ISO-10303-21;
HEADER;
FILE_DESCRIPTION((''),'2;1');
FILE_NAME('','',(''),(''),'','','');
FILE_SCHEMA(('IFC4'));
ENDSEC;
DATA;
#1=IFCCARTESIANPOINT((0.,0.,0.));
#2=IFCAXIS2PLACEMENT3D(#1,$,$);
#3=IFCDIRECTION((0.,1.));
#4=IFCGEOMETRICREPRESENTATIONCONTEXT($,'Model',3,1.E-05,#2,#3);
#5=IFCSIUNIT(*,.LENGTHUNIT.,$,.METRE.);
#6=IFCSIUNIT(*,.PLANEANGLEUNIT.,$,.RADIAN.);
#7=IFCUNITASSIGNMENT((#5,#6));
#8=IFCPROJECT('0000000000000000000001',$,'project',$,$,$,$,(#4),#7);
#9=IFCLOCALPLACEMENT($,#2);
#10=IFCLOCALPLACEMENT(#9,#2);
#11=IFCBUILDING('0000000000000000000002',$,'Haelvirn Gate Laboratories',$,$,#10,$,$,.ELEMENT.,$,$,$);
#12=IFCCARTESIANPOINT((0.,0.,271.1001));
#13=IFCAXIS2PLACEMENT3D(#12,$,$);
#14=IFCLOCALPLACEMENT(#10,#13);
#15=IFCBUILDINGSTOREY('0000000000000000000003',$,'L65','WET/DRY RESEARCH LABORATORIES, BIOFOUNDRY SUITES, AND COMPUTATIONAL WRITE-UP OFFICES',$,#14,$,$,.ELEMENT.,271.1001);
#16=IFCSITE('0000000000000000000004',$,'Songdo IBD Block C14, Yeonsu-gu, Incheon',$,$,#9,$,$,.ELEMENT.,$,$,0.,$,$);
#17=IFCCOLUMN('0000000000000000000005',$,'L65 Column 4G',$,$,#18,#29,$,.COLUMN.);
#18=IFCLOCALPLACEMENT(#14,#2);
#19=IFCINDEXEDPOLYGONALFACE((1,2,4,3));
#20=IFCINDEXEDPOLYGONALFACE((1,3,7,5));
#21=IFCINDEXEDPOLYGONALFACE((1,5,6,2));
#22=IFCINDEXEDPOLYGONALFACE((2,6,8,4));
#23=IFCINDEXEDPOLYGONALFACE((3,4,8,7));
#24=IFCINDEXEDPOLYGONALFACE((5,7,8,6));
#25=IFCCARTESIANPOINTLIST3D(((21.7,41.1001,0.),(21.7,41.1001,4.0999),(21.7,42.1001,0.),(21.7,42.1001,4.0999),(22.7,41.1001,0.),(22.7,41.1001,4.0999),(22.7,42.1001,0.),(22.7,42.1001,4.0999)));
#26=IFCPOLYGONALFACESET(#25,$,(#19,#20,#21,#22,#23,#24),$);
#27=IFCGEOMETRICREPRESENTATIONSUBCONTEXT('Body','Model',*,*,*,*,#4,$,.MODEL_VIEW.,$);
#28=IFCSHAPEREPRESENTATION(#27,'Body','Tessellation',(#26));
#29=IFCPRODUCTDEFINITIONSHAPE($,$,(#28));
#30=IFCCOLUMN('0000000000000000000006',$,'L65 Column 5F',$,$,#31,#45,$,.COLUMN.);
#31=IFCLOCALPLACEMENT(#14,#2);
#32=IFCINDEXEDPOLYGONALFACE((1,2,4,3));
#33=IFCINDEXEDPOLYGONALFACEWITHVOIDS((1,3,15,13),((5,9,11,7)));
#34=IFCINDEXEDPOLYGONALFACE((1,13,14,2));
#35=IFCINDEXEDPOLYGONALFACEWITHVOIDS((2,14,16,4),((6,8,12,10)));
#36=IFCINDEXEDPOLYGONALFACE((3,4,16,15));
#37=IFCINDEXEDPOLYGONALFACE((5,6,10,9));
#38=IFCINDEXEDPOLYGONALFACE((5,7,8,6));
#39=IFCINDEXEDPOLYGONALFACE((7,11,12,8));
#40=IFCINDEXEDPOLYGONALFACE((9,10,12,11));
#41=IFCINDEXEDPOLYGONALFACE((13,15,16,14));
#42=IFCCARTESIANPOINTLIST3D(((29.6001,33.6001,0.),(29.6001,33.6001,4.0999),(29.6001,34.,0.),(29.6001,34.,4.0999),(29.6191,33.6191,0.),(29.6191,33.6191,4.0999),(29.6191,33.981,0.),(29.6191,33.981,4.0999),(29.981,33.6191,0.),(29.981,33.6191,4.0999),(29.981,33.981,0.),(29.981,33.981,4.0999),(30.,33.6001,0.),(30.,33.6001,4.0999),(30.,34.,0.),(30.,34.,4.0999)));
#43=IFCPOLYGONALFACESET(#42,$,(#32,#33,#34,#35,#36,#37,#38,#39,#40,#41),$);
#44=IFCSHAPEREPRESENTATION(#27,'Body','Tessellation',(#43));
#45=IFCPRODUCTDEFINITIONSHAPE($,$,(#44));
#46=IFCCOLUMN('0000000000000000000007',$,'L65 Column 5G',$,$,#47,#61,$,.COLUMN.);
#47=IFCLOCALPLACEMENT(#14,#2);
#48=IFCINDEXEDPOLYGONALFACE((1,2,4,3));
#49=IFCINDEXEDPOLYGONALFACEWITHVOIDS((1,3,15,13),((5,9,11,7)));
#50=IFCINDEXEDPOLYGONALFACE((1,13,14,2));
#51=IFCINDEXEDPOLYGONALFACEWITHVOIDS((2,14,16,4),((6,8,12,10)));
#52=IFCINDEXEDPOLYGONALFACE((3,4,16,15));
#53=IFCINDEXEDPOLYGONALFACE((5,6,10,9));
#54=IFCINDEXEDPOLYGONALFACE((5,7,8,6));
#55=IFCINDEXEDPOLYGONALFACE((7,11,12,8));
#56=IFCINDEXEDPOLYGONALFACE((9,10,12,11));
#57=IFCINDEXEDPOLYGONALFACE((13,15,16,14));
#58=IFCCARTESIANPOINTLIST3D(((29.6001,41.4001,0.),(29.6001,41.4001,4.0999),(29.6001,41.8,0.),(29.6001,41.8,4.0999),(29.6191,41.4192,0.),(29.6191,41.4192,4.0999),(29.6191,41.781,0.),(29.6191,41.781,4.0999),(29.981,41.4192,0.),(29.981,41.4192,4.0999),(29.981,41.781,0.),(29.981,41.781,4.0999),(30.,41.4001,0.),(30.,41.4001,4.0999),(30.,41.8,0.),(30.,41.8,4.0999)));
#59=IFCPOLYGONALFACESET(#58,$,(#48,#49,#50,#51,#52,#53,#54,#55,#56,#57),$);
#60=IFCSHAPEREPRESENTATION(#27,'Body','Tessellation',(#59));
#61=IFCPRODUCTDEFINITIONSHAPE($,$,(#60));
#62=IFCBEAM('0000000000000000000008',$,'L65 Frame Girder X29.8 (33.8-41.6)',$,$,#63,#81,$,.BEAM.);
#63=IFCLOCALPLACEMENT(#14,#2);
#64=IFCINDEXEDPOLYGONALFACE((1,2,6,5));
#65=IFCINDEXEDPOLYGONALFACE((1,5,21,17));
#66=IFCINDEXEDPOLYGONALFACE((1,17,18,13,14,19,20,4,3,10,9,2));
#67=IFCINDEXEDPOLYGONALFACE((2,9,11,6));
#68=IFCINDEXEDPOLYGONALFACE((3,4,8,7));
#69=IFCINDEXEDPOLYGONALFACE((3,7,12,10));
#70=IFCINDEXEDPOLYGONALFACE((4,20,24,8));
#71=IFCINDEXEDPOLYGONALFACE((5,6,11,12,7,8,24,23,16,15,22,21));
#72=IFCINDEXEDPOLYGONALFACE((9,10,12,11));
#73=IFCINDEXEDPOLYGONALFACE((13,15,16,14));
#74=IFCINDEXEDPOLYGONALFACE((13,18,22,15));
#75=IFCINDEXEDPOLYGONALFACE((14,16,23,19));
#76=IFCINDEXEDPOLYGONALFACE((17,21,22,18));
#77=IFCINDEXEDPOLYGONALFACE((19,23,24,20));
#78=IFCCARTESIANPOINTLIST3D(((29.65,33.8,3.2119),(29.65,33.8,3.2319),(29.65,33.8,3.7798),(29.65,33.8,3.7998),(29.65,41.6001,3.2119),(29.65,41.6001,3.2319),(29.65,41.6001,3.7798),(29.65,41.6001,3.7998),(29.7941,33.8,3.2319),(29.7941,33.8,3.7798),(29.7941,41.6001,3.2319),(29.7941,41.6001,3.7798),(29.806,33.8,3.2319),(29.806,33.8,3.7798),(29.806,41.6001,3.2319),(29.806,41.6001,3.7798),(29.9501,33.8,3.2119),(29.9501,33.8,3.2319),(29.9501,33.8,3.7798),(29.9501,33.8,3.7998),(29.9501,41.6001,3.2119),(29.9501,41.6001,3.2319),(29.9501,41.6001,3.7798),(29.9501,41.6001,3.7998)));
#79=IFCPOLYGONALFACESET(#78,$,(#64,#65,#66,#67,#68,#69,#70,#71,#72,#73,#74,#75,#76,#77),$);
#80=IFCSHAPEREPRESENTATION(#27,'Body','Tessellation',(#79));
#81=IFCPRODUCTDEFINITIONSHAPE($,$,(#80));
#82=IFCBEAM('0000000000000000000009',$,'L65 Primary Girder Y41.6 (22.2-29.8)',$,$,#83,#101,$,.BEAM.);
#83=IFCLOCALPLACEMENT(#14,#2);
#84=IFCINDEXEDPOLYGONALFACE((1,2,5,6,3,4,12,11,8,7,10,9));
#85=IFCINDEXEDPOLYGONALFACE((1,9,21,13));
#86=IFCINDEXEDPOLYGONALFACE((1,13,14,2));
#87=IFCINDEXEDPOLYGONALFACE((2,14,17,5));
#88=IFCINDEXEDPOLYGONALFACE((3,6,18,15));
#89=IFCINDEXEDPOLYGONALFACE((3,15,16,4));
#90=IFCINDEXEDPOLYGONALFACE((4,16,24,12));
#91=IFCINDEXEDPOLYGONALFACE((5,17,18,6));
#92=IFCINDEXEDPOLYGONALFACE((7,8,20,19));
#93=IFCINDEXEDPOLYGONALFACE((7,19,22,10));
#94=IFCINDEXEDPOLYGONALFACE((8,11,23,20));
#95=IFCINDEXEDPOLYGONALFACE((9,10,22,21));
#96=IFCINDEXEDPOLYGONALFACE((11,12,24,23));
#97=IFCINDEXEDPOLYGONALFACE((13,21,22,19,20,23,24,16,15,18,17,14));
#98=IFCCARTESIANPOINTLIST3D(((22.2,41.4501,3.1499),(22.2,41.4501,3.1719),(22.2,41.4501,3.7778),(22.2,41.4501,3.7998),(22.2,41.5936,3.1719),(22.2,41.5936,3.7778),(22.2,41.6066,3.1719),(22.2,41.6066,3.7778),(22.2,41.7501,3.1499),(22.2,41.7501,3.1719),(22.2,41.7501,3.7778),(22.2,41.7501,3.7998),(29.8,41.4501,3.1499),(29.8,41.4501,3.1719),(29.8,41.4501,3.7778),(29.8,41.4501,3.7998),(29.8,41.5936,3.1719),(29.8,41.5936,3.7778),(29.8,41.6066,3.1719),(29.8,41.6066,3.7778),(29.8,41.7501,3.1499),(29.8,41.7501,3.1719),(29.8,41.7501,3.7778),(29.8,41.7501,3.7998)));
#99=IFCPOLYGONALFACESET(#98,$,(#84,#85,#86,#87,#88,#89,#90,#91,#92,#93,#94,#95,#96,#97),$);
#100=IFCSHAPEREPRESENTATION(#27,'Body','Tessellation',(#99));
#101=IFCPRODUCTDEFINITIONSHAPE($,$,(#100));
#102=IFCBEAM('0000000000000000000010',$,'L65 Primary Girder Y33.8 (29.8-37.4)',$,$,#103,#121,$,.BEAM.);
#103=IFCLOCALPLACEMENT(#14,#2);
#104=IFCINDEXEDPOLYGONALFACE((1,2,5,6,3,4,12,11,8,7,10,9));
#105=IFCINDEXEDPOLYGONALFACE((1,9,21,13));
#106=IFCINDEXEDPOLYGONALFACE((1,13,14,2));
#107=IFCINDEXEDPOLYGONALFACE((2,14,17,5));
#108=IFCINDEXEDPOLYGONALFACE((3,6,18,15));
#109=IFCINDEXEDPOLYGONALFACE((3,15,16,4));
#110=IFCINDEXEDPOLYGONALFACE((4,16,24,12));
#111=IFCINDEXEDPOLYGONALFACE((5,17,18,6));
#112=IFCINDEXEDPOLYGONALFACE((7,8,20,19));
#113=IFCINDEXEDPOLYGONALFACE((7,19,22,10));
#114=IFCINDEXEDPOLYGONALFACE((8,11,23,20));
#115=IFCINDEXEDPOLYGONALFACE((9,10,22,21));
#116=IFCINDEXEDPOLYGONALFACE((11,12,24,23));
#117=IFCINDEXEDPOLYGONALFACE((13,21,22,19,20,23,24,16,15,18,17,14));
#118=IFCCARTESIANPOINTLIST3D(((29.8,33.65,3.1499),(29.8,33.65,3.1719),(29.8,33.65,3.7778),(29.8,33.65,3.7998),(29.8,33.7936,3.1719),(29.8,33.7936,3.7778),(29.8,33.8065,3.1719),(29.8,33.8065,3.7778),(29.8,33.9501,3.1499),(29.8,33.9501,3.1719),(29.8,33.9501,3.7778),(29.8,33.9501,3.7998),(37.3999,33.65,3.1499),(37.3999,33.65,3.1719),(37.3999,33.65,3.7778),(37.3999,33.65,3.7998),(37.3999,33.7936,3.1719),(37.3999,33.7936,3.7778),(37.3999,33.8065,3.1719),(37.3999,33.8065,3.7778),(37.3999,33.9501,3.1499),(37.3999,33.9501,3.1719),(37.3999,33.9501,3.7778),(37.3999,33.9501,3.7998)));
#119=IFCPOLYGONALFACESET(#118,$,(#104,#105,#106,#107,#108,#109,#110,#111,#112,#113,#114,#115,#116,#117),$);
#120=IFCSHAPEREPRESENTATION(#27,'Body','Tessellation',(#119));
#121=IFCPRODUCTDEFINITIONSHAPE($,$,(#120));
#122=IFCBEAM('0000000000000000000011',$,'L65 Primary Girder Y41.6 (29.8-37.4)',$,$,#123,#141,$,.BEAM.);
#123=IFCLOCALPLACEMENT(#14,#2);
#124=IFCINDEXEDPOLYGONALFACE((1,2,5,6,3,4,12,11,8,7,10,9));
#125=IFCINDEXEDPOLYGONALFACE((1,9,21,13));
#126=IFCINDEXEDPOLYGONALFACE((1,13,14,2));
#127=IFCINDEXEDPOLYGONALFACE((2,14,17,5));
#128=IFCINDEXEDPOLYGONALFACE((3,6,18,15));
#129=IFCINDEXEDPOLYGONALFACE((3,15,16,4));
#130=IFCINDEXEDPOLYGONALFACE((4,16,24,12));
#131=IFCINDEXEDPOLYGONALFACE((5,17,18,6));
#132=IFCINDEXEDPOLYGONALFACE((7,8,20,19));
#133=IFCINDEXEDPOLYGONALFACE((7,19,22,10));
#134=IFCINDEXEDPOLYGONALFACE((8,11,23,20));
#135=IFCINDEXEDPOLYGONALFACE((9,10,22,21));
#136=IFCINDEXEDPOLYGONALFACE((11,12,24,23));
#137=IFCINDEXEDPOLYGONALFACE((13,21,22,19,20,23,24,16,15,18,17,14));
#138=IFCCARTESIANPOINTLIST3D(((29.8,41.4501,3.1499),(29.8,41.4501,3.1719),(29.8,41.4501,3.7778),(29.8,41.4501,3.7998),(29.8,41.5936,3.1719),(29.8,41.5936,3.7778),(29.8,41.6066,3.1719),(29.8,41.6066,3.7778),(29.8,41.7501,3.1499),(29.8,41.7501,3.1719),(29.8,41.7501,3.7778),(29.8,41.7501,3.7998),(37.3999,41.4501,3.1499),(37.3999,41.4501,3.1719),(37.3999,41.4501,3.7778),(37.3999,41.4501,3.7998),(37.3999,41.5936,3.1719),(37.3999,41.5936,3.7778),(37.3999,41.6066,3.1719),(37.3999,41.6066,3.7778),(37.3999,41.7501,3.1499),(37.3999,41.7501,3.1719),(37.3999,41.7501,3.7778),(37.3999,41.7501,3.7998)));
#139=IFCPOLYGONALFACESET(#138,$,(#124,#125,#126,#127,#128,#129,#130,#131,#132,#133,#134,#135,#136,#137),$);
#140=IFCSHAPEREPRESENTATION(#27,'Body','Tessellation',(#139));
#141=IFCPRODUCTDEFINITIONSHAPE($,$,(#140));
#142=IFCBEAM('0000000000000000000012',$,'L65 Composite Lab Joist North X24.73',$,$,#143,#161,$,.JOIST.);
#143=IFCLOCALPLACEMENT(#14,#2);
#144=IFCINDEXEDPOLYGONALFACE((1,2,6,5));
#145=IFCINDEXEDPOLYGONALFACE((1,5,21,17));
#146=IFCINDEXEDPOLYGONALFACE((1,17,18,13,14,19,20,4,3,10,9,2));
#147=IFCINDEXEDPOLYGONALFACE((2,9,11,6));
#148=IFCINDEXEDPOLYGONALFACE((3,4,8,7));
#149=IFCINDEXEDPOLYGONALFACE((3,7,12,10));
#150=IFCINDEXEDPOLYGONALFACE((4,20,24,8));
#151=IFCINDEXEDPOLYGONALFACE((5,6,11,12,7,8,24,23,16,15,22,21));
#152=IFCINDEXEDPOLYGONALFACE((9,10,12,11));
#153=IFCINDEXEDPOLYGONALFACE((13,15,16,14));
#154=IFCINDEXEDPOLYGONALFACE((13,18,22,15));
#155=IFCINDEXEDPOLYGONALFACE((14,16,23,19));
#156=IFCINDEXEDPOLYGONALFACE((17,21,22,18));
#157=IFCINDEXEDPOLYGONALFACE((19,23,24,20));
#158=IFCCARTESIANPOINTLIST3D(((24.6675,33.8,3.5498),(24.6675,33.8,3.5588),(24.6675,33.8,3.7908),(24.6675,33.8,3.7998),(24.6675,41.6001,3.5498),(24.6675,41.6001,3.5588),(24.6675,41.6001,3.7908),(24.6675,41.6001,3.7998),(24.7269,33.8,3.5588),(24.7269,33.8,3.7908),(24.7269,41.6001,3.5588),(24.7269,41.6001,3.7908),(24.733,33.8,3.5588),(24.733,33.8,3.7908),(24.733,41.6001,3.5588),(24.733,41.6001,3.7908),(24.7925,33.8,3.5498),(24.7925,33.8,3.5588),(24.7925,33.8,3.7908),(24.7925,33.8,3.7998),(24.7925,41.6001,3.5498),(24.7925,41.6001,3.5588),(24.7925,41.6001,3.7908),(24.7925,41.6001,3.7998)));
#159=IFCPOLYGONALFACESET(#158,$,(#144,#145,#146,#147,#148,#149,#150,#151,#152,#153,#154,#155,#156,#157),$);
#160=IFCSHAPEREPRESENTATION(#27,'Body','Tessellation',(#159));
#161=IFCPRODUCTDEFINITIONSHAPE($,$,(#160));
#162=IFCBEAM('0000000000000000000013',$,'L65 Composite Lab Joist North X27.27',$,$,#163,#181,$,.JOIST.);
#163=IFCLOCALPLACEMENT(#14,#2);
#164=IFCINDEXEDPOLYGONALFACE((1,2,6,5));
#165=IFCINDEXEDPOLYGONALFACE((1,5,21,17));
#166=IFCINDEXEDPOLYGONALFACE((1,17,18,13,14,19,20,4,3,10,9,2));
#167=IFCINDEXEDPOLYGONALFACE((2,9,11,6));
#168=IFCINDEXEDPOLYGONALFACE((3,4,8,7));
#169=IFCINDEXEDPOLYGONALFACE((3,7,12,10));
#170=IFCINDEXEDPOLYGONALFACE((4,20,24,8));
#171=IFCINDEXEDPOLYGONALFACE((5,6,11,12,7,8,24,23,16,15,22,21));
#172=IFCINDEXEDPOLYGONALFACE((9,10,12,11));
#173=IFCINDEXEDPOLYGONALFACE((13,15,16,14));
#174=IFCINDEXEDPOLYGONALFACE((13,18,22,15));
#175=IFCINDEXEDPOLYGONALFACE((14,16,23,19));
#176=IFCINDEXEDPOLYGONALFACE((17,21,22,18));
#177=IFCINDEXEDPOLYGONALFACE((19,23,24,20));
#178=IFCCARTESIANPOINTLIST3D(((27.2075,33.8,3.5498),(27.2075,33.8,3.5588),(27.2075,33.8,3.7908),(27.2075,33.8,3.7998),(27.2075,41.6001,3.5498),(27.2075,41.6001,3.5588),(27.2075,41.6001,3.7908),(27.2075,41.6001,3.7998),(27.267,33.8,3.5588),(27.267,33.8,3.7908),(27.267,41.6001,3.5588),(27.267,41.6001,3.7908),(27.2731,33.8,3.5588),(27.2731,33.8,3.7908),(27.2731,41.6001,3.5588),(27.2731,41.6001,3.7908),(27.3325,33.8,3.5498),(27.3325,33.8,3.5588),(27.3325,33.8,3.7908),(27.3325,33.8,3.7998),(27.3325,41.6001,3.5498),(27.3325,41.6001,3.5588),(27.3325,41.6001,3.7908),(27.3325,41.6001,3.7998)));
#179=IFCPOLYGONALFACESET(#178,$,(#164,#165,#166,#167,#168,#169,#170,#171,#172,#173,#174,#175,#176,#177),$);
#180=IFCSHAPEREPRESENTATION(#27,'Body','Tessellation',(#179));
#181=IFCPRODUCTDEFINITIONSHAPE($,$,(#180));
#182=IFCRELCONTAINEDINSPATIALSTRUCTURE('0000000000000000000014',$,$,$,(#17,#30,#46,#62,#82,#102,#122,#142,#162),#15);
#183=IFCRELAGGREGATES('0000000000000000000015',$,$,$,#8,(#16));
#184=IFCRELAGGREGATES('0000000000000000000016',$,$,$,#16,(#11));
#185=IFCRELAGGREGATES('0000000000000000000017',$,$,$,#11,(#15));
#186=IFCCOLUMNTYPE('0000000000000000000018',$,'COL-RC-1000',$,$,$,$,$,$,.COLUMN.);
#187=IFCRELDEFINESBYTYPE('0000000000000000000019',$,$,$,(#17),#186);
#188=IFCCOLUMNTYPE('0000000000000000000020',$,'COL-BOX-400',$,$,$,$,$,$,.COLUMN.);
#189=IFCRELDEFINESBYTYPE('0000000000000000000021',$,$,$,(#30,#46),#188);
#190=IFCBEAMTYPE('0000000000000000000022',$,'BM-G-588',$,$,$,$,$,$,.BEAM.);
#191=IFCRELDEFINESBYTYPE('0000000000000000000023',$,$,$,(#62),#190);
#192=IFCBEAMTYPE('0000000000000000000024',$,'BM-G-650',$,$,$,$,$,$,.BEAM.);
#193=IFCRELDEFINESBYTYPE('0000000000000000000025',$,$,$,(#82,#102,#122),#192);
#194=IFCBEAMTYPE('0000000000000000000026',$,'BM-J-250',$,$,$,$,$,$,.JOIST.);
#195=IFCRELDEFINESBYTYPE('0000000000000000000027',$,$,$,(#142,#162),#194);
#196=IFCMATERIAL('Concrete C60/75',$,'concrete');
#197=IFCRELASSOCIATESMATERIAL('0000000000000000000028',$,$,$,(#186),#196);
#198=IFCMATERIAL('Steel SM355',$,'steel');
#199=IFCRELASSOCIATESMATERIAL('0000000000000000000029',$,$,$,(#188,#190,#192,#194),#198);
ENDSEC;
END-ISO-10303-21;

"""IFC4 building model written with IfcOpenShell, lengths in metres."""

from ifc_helpers import new_model, si_unit, direction, frame, origin, origin_2d, place, context, subcontext, project, spatial, rectangle, hollow_rectangle, i_section, extrude, source, transform, mapped, material, material_profile, profile_set, type_object, type_shapes, element, save


model = new_model("IFC4")

# Units and contexts
model_context = context("Model", 3, precision=1e-05, world=origin(), true_north=direction((0.0, 1.0)))
body_context = subcontext(model_context, "Body", "Model", "MODEL_VIEW")
ifc_project = project(units=[si_unit("LENGTHUNIT", "METRE"), si_unit("PLANEANGLEUNIT", "RADIAN")], contexts=[model_context])

# Site, building, storey
site_placement = place(None, origin())
site = spatial("IfcSite", under=ifc_project, at=site_placement, Name="Songdo IBD Block C14, Yeonsu-gu, Incheon", CompositionType="ELEMENT", RefElevation=0.0)
building_placement = place(site_placement, origin())
building = spatial("IfcBuilding", under=site, at=building_placement, Name="Haelvirn Gate Laboratories", CompositionType="ELEMENT")
storey_placement = place(building_placement, frame((0.0, 0.0, 271.1001)))
storey = spatial("IfcBuildingStorey", under=building, at=storey_placement, Name="L65", Description="WET/DRY RESEARCH LABORATORIES, BIOFOUNDRY SUITES, AND COMPUTATIONAL WRITE-UP OFFICES", CompositionType="ELEMENT", Elevation=271.1001)

# Columns
ifc_material_1 = material(Name="Concrete C60/75", Category="concrete")
ifc_material_profile_1 = material_profile(ifc_material_1, rectangle(XDim=1.0, YDim=1.0, at=origin_2d()), Name="RC-1000x1000")
ifc_profile_set_1 = profile_set([ifc_material_profile_1], Name="Concrete C60/75")
column_type_1 = type_object("IfcColumnType", Name="COL-RC-1000", PredefinedType="COLUMN", material=ifc_profile_set_1)
shared_shape_1 = source(origin(), body_context, "Body", "SweptSolid", [
    extrude(rectangle(XDim=1.0, YDim=1.0, at=origin_2d()), origin(), (0.0, 0.0, 1.0), 4.0999),
])
type_shapes(column_type_1, [shared_shape_1])
column_placement = place(storey_placement, frame((22.2, 41.6001, 0.0), z_axis=(0.0, 0.0, 1.0), x_axis=(1.0, 0.0, 0.0)))
element("IfcColumn", 1, at=column_placement, inside=storey, type_object=column_type_1, Name="L65 Column 4G", PredefinedType="COLUMN", context=body_context, shape_type="MappedRepresentation", body=[
    mapped(shared_shape_1, transform((0.0, 0.0, 0.0), scale=1.0)),
])
ifc_material_2 = material(Name="Steel SM355", Category="steel")
ifc_material_profile_2 = material_profile(ifc_material_2, hollow_rectangle(XDim=0.3999, YDim=0.3999, WallThickness=0.019, at=origin_2d()), Name="BOX-400x400x19")
ifc_profile_set_2 = profile_set([ifc_material_profile_2], Name="Steel SM355")
column_type_2 = type_object("IfcColumnType", Name="COL-BOX-400", PredefinedType="COLUMN", material=ifc_profile_set_2)
shared_shape_2 = source(origin(), body_context, "Body", "SweptSolid", [
    extrude(hollow_rectangle(XDim=0.3999, YDim=0.3999, WallThickness=0.019, at=origin_2d()), origin(), (0.0, 0.0, 1.0), 4.0999),
])
type_shapes(column_type_2, [shared_shape_2])
for number, where, z_axis, x_axis, name in (
    (2, (29.8, 33.8, 0.0), (0.0, 0.0, 1.0), (1.0, 0.0, 0.0), "L65 Column 5F"),
    (3, (29.8, 41.6001, 0.0), (0.0, 0.0, 1.0), (1.0, 0.0, 0.0), "L65 Column 5G"),
):
    element("IfcColumn", number, at=place(storey_placement, frame(where, z_axis=z_axis, x_axis=x_axis)), inside=storey, type_object=column_type_2, Name=name, PredefinedType="COLUMN", context=body_context, shape_type="MappedRepresentation", body=[
        mapped(shared_shape_2, transform((0.0, 0.0, 0.0), scale=1.0)),
    ])

# Beams
ifc_material_profile_3 = material_profile(ifc_material_2, i_section(OverallWidth=0.3, OverallDepth=0.5879, WebThickness=0.012, FlangeThickness=0.02, at=origin_2d()), Name="H-588x300x12x20")
ifc_profile_set_3 = profile_set([ifc_material_profile_3], Name="Steel SM355")
beam_type_1 = type_object("IfcBeamType", Name="BM-G-588", PredefinedType="BEAM", material=ifc_profile_set_3)
shared_shape_3 = source(origin(), body_context, "Body", "SweptSolid", [
    extrude(i_section(OverallWidth=0.3, OverallDepth=0.5879, WebThickness=0.012, FlangeThickness=0.02, at=origin_2d()), origin(), (0.0, 0.0, 1.0), 7.8),
])
type_shapes(beam_type_1, [shared_shape_3])
beam_1_placement = place(storey_placement, frame((29.8, 33.8, 3.5059), z_axis=(0.0, 1.0, 0.0), x_axis=(-1.0, 0.0, 0.0)))
element("IfcBeam", 4, at=beam_1_placement, inside=storey, type_object=beam_type_1, Name="L65 Frame Girder X29.8 (33.8-41.6)", PredefinedType="BEAM", context=body_context, shape_type="MappedRepresentation", body=[
    mapped(shared_shape_3, transform((0.0, 0.0, 0.0), scale=1.0)),
])
ifc_material_profile_4 = material_profile(ifc_material_2, i_section(OverallWidth=0.3, OverallDepth=0.6499, WebThickness=0.0129, FlangeThickness=0.022, at=origin_2d()), Name="H-650x300x13x22")
ifc_profile_set_4 = profile_set([ifc_material_profile_4], Name="Steel SM355")
beam_type_2 = type_object("IfcBeamType", Name="BM-G-650", PredefinedType="BEAM", material=ifc_profile_set_4)
shared_shape_4 = source(origin(), body_context, "Body", "SweptSolid", [
    extrude(i_section(OverallWidth=0.3, OverallDepth=0.6499, WebThickness=0.0129, FlangeThickness=0.022, at=origin_2d()), origin(), (0.0, 0.0, 1.0), 7.6001),
])
beam_2_placement = place(storey_placement, frame((22.2, 41.6001, 3.4749), z_axis=(1.0, 0.0, 0.0), x_axis=(0.0, 1.0, 0.0)))
element("IfcBeam", 5, at=beam_2_placement, inside=storey, type_object=beam_type_2, Name="L65 Primary Girder Y41.6 (22.2-29.8)", PredefinedType="BEAM", context=body_context, shape_type="MappedRepresentation", body=[
    mapped(shared_shape_4, transform((0.0, 0.0, 0.0), scale=1.0)),
])
shared_shape_5 = source(origin(), body_context, "Body", "SweptSolid", [
    extrude(i_section(OverallWidth=0.3, OverallDepth=0.6499, WebThickness=0.0129, FlangeThickness=0.022, at=origin_2d()), origin(), (0.0, 0.0, 1.0), 7.5999),
])
type_shapes(beam_type_2, [shared_shape_4, shared_shape_5])
for number, where, z_axis, x_axis, name in (
    (6, (29.8, 33.8, 3.4749), (1.0, 0.0, 0.0), (0.0, 1.0, 0.0), "L65 Primary Girder Y33.8 (29.8-37.4)"),
    (7, (29.8, 41.6001, 3.4749), (1.0, 0.0, 0.0), (0.0, 1.0, 0.0), "L65 Primary Girder Y41.6 (29.8-37.4)"),
):
    element("IfcBeam", number, at=place(storey_placement, frame(where, z_axis=z_axis, x_axis=x_axis)), inside=storey, type_object=beam_type_2, Name=name, PredefinedType="BEAM", context=body_context, shape_type="MappedRepresentation", body=[
        mapped(shared_shape_5, transform((0.0, 0.0, 0.0), scale=1.0)),
    ])
ifc_material_profile_5 = material_profile(ifc_material_2, i_section(OverallWidth=0.125, OverallDepth=0.25, WebThickness=0.0061, FlangeThickness=0.009, at=origin_2d()), Name="H-250x125x6x9")
ifc_profile_set_5 = profile_set([ifc_material_profile_5], Name="Steel SM355")
beam_type_3 = type_object("IfcBeamType", Name="BM-J-250", PredefinedType="JOIST", material=ifc_profile_set_5)
shared_shape_6 = source(origin(), body_context, "Body", "SweptSolid", [
    extrude(i_section(OverallWidth=0.125, OverallDepth=0.25, WebThickness=0.0061, FlangeThickness=0.009, at=origin_2d()), origin(), (0.0, 0.0, 1.0), 7.8),
])
type_shapes(beam_type_3, [shared_shape_6])
for number, where, z_axis, x_axis, name in (
    (8, (24.73, 33.8, 3.6748), (0.0, 1.0, 0.0), (-1.0, 0.0, 0.0), "L65 Composite Lab Joist North X24.73"),
    (9, (27.27, 33.8, 3.6748), (0.0, 1.0, 0.0), (-1.0, 0.0, 0.0), "L65 Composite Lab Joist North X27.27"),
):
    element("IfcBeam", number, at=place(storey_placement, frame(where, z_axis=z_axis, x_axis=x_axis)), inside=storey, type_object=beam_type_3, Name=name, PredefinedType="JOIST", context=body_context, shape_type="MappedRepresentation", body=[
        mapped(shared_shape_6, transform((0.0, 0.0, 0.0), scale=1.0)),
    ])

save(model, "model.ifc")
